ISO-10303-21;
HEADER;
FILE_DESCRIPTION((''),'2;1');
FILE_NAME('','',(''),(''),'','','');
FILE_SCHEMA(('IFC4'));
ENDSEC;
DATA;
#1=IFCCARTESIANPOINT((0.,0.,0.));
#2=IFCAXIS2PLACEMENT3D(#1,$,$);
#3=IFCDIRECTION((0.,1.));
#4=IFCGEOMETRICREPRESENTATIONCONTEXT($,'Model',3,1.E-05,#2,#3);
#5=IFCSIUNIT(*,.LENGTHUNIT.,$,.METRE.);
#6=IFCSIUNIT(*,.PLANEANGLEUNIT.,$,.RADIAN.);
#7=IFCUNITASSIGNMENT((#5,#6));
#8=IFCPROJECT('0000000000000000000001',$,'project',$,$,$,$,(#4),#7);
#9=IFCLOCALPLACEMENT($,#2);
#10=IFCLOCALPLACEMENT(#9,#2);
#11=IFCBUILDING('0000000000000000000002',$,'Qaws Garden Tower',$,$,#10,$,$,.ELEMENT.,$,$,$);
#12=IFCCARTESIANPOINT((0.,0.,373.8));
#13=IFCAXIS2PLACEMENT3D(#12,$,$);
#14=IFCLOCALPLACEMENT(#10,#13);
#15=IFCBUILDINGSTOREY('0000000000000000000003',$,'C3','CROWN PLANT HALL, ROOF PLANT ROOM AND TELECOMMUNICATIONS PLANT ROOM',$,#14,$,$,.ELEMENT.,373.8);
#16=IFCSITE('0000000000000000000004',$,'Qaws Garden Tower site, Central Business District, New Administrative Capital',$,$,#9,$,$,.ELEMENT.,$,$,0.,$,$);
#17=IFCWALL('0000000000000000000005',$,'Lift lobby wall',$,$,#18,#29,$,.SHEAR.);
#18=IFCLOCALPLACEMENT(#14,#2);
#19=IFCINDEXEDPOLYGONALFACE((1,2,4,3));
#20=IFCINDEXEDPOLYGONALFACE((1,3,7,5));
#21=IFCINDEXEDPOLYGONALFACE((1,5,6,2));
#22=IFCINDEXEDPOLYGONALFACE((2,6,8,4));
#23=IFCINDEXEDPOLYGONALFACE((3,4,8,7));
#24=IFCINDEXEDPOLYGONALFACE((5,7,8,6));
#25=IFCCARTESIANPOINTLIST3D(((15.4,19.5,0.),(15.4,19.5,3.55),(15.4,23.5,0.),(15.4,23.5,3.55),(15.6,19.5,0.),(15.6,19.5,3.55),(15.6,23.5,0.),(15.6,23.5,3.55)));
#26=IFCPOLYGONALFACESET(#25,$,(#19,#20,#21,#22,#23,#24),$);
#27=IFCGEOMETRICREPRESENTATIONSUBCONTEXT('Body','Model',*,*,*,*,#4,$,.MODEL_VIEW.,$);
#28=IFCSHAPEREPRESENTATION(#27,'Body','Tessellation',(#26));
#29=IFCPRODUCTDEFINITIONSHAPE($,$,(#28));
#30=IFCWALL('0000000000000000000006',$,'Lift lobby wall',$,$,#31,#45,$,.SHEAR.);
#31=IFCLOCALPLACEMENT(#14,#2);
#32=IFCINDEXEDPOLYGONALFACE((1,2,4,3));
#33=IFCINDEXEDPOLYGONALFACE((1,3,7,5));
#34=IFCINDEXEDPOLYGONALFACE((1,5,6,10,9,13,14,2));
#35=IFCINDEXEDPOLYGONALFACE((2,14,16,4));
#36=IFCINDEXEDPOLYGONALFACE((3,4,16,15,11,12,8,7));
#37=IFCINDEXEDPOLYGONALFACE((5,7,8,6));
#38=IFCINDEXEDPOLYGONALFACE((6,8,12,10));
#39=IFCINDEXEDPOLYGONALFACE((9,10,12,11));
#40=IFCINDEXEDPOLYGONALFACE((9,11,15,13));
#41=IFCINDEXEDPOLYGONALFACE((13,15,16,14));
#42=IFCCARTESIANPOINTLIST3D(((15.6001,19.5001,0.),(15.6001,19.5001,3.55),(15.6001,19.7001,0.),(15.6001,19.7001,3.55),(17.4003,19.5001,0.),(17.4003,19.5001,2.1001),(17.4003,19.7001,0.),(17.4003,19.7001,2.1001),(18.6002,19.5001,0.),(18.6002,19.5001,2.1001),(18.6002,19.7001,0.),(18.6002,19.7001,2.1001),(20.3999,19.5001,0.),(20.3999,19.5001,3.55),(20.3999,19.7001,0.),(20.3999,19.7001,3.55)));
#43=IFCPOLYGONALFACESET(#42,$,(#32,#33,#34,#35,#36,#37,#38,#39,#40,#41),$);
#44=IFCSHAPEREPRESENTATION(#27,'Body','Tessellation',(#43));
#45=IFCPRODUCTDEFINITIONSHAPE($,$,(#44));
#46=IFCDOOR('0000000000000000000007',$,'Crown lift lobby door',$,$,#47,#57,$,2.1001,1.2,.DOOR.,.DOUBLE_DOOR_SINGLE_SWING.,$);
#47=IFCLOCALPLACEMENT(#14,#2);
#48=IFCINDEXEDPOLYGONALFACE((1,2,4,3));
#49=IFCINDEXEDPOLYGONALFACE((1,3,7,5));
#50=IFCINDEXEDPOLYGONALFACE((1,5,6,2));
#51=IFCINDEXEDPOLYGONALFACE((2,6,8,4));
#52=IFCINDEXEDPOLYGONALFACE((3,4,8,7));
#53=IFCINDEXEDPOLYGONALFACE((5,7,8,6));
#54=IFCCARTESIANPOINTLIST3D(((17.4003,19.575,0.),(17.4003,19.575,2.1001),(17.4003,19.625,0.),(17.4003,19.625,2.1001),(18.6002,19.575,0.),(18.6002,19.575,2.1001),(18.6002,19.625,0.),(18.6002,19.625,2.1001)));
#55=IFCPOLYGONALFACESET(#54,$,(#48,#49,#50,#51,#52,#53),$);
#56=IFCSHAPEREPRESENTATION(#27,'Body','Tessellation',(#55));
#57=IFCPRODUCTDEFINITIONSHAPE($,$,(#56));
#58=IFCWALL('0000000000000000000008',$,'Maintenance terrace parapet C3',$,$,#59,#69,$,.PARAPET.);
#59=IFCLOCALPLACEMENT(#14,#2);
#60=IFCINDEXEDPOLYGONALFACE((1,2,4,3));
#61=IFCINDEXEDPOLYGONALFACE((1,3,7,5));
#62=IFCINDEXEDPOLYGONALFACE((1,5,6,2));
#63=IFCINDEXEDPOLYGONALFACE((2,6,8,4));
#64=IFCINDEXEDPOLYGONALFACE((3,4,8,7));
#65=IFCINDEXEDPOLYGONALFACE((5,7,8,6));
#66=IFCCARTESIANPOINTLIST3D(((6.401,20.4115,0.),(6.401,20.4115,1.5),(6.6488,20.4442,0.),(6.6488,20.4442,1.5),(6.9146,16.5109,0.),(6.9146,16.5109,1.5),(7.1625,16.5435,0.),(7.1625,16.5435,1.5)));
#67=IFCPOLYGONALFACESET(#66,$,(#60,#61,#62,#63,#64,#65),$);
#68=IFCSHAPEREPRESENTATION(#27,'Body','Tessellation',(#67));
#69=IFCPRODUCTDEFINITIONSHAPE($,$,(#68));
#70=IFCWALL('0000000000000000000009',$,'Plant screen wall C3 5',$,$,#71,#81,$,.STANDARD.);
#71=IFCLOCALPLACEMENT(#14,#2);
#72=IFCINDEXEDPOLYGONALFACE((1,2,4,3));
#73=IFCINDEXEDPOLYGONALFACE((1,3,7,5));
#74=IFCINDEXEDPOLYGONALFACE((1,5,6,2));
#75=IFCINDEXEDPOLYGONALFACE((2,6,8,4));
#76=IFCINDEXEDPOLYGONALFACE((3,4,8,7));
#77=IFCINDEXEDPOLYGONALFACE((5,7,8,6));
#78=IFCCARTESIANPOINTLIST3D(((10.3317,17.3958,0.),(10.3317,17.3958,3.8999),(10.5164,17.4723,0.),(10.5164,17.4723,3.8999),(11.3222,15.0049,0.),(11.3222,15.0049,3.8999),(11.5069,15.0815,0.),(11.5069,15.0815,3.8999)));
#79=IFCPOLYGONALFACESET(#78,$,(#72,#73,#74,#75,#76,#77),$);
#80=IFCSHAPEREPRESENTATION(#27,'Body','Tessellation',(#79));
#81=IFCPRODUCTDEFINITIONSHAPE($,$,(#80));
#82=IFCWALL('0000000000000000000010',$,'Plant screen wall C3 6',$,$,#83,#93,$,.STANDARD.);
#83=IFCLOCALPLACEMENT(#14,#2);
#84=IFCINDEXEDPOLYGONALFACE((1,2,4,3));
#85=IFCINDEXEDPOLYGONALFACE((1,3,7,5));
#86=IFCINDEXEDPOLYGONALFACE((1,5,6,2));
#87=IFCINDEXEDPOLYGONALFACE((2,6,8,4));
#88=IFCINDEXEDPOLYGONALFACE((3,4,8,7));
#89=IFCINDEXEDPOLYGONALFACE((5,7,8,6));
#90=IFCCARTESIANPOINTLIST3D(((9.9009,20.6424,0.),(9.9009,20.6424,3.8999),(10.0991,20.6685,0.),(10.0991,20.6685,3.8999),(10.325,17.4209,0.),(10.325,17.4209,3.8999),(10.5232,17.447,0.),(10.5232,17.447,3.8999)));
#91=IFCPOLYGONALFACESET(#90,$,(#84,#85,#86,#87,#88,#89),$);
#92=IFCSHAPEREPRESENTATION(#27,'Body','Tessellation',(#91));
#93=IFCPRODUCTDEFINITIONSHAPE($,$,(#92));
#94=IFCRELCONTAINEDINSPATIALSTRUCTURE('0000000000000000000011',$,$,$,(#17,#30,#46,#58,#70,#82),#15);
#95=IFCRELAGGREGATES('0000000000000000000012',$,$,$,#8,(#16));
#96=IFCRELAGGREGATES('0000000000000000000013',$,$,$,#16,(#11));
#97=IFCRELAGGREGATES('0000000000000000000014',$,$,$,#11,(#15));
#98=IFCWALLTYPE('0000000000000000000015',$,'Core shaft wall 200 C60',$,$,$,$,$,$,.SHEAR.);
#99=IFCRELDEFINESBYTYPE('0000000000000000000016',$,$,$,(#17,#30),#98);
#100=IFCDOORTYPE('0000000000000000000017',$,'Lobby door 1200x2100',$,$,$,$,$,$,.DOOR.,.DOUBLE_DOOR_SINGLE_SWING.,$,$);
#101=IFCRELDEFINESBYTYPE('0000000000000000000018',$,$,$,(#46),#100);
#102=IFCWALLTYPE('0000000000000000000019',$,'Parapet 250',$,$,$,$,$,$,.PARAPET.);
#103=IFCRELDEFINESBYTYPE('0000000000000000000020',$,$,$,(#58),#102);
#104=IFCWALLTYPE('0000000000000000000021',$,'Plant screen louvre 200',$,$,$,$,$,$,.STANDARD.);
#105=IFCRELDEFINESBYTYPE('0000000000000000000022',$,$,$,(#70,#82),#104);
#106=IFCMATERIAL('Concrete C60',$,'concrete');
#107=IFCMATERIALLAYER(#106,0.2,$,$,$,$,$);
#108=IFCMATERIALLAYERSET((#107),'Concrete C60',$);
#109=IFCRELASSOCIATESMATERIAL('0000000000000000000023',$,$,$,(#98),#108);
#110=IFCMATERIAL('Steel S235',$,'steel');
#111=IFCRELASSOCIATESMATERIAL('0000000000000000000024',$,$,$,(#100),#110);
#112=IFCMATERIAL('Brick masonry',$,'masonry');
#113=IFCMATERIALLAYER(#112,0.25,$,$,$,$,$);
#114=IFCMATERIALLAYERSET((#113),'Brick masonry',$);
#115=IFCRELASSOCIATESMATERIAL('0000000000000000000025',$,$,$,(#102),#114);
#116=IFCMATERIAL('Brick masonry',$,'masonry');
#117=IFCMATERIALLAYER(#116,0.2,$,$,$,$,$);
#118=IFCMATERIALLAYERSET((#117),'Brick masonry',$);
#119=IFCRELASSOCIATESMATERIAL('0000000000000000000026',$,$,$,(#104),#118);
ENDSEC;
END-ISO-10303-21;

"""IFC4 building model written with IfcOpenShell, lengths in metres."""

from ifc_helpers import new_model, si_unit, direction, frame, frame_2d, origin, place, context, subcontext, project, spatial, rectangle, extrude, material, layer, layer_set, type_object, element, fill, save


model = new_model("IFC4")

# Units and contexts
model_context = context("Model", 3, precision=1e-05, world=origin(), true_north=direction((0.0, 1.0)))
body_context = subcontext(model_context, "Body", "Model", "MODEL_VIEW")
ifc_project = project(units=[si_unit("LENGTHUNIT", "METRE"), si_unit("PLANEANGLEUNIT", "RADIAN")], contexts=[model_context])

# Site, building, storey
site_placement = place(None, origin())
site = spatial("IfcSite", under=ifc_project, at=site_placement, Name="Qaws Garden Tower site, Central Business District, New Administrative Capital", CompositionType="ELEMENT", RefElevation=0.0)
building_placement = place(site_placement, origin())
building = spatial("IfcBuilding", under=site, at=building_placement, Name="Qaws Garden Tower", CompositionType="ELEMENT")
storey_placement = place(building_placement, frame((0.0, 0.0, 373.8)))
storey = spatial("IfcBuildingStorey", under=building, at=storey_placement, Name="C3", Description="CROWN PLANT HALL, ROOF PLANT ROOM AND TELECOMMUNICATIONS PLANT ROOM", CompositionType="ELEMENT", Elevation=373.8)

# Wall
ifc_material_1 = material(Name="Concrete C60", Category="concrete")
ifc_layer_1 = layer(ifc_material_1, 0.2)
ifc_layer_set_1 = layer_set([ifc_layer_1], Name="Concrete C60")
wall_type_1 = type_object("IfcWallType", Name="Core shaft wall 200 C60", PredefinedType="SHEAR", material=ifc_layer_set_1)
wall_1_placement = place(storey_placement, frame((15.5, 19.5, 0.0), z_axis=(0.0, 0.0, 1.0), x_axis=(0.0, 1.0, 0.0)))
element("IfcWall", 1, at=wall_1_placement, inside=storey, type_object=wall_type_1, Name="Lift lobby wall", PredefinedType="SHEAR", context=body_context, shape_type="SweptSolid", body=[
    extrude(rectangle(XDim=4.0, YDim=0.2, at=frame_2d((2.0, 0.0))), origin(), (0.0, 0.0, 1.0), 3.55),
])

# Wall, opening, door
wall_2_placement = place(storey_placement, frame((15.6001, 19.6001, 0.0), z_axis=(0.0, 0.0, 1.0), x_axis=(1.0, 0.0, 0.0)))
wall_2 = element("IfcWall", 2, at=wall_2_placement, inside=storey, type_object=wall_type_1, Name="Lift lobby wall", PredefinedType="SHEAR", context=body_context, shape_type="SweptSolid", body=[
    extrude(rectangle(XDim=4.7998, YDim=0.2, at=frame_2d((2.3999, 0.0))), origin(), (0.0, 0.0, 1.0), 3.55),
])
opening_placement = place(wall_2_placement, frame((1.8, 0.0, 0.0)))
opening = element("IfcOpeningElement", 3, at=opening_placement, cuts=wall_2, PredefinedType="OPENING", context=body_context, shape_type="SweptSolid", body=[
    extrude(rectangle(XDim=1.2, YDim=2.1001, at=frame_2d((0.6001, 1.05))), frame((0.0, 0.1099, 0.0), z_axis=(0.0, -1.0, 0.0), x_axis=(1.0, 0.0, 0.0)), (0.0, 0.0, 1.0), 0.22),
])
ifc_material_2 = material(Name="Steel S235", Category="steel")
door_type = type_object("IfcDoorType", Name="Lobby door 1200x2100", OperationType="DOUBLE_DOOR_SINGLE_SWING", PredefinedType="DOOR", material=ifc_material_2)
door_placement = place(opening_placement, origin())
door = element("IfcDoor", 4, at=door_placement, inside=storey, type_object=door_type, Name="Crown lift lobby door", OperationType="DOUBLE_DOOR_SINGLE_SWING", OverallHeight=2.1001, OverallWidth=1.2, PredefinedType="DOOR", context=body_context, shape_type="SweptSolid", body=[
    extrude(rectangle(XDim=1.2, YDim=2.1001, at=frame_2d((0.6001, 1.05))), frame((0.0, 0.0249, 0.0), z_axis=(0.0, -1.0, 0.0), x_axis=(1.0, 0.0, 0.0)), (0.0, 0.0, 1.0), 0.05),
])
fill(opening, door)

# Walls
ifc_material_3 = material(Name="Brick masonry", Category="masonry")
ifc_layer_2 = layer(ifc_material_3, 0.25)
ifc_layer_set_2 = layer_set([ifc_layer_2], Name="Brick masonry")
wall_type_2 = type_object("IfcWallType", Name="Parapet 250", PredefinedType="PARAPET", material=ifc_layer_set_2)
wall_3_placement = place(storey_placement, frame((7.0386, 16.5271, 0.0), z_axis=(0.0, 0.0, 1.0), x_axis=(-0.130562, 0.99144, 0.0)))
element("IfcWall", 5, at=wall_3_placement, inside=storey, type_object=wall_type_2, Name="Maintenance terrace parapet C3", PredefinedType="PARAPET", context=body_context, shape_type="SweptSolid", body=[
    extrude(rectangle(XDim=3.9343, YDim=0.25, at=frame_2d((1.9673, 0.0))), origin(), (0.0, 0.0, 1.0), 1.5),
])
ifc_material_4 = material(Name="Brick masonry", Category="masonry")
ifc_layer_3 = layer(ifc_material_4, 0.2)
ifc_layer_set_3 = layer_set([ifc_layer_3], Name="Brick masonry")
wall_type_3 = type_object("IfcWallType", Name="Plant screen louvre 200", PredefinedType="STANDARD", material=ifc_layer_set_3)
wall_4_placement = place(storey_placement, frame((11.4146, 15.0432, 0.0), z_axis=(0.0, 0.0, 1.0), x_axis=(-0.382732, 0.923859, 0.0)))
element("IfcWall", 6, at=wall_4_placement, inside=storey, type_object=wall_type_3, Name="Plant screen wall C3 5", PredefinedType="STANDARD", context=body_context, shape_type="SweptSolid", body=[
    extrude(rectangle(XDim=2.5879, YDim=0.2, at=frame_2d((1.2939, 0.0))), origin(), (0.0, 0.0, 1.0), 3.8999),
])
wall_5_placement = place(storey_placement, frame((10.4241, 17.4341, 0.0), z_axis=(0.0, 0.0, 1.0), x_axis=(-0.130515, 0.991446, 0.0)))
element("IfcWall", 7, at=wall_5_placement, inside=storey, type_object=wall_type_3, Name="Plant screen wall C3 6", PredefinedType="STANDARD", context=body_context, shape_type="SweptSolid", body=[
    extrude(rectangle(XDim=3.2493, YDim=0.2, at=frame_2d((1.6245, 0.0))), origin(), (0.0, 0.0, 1.0), 3.8999),
])

save(model, "model.ifc")
